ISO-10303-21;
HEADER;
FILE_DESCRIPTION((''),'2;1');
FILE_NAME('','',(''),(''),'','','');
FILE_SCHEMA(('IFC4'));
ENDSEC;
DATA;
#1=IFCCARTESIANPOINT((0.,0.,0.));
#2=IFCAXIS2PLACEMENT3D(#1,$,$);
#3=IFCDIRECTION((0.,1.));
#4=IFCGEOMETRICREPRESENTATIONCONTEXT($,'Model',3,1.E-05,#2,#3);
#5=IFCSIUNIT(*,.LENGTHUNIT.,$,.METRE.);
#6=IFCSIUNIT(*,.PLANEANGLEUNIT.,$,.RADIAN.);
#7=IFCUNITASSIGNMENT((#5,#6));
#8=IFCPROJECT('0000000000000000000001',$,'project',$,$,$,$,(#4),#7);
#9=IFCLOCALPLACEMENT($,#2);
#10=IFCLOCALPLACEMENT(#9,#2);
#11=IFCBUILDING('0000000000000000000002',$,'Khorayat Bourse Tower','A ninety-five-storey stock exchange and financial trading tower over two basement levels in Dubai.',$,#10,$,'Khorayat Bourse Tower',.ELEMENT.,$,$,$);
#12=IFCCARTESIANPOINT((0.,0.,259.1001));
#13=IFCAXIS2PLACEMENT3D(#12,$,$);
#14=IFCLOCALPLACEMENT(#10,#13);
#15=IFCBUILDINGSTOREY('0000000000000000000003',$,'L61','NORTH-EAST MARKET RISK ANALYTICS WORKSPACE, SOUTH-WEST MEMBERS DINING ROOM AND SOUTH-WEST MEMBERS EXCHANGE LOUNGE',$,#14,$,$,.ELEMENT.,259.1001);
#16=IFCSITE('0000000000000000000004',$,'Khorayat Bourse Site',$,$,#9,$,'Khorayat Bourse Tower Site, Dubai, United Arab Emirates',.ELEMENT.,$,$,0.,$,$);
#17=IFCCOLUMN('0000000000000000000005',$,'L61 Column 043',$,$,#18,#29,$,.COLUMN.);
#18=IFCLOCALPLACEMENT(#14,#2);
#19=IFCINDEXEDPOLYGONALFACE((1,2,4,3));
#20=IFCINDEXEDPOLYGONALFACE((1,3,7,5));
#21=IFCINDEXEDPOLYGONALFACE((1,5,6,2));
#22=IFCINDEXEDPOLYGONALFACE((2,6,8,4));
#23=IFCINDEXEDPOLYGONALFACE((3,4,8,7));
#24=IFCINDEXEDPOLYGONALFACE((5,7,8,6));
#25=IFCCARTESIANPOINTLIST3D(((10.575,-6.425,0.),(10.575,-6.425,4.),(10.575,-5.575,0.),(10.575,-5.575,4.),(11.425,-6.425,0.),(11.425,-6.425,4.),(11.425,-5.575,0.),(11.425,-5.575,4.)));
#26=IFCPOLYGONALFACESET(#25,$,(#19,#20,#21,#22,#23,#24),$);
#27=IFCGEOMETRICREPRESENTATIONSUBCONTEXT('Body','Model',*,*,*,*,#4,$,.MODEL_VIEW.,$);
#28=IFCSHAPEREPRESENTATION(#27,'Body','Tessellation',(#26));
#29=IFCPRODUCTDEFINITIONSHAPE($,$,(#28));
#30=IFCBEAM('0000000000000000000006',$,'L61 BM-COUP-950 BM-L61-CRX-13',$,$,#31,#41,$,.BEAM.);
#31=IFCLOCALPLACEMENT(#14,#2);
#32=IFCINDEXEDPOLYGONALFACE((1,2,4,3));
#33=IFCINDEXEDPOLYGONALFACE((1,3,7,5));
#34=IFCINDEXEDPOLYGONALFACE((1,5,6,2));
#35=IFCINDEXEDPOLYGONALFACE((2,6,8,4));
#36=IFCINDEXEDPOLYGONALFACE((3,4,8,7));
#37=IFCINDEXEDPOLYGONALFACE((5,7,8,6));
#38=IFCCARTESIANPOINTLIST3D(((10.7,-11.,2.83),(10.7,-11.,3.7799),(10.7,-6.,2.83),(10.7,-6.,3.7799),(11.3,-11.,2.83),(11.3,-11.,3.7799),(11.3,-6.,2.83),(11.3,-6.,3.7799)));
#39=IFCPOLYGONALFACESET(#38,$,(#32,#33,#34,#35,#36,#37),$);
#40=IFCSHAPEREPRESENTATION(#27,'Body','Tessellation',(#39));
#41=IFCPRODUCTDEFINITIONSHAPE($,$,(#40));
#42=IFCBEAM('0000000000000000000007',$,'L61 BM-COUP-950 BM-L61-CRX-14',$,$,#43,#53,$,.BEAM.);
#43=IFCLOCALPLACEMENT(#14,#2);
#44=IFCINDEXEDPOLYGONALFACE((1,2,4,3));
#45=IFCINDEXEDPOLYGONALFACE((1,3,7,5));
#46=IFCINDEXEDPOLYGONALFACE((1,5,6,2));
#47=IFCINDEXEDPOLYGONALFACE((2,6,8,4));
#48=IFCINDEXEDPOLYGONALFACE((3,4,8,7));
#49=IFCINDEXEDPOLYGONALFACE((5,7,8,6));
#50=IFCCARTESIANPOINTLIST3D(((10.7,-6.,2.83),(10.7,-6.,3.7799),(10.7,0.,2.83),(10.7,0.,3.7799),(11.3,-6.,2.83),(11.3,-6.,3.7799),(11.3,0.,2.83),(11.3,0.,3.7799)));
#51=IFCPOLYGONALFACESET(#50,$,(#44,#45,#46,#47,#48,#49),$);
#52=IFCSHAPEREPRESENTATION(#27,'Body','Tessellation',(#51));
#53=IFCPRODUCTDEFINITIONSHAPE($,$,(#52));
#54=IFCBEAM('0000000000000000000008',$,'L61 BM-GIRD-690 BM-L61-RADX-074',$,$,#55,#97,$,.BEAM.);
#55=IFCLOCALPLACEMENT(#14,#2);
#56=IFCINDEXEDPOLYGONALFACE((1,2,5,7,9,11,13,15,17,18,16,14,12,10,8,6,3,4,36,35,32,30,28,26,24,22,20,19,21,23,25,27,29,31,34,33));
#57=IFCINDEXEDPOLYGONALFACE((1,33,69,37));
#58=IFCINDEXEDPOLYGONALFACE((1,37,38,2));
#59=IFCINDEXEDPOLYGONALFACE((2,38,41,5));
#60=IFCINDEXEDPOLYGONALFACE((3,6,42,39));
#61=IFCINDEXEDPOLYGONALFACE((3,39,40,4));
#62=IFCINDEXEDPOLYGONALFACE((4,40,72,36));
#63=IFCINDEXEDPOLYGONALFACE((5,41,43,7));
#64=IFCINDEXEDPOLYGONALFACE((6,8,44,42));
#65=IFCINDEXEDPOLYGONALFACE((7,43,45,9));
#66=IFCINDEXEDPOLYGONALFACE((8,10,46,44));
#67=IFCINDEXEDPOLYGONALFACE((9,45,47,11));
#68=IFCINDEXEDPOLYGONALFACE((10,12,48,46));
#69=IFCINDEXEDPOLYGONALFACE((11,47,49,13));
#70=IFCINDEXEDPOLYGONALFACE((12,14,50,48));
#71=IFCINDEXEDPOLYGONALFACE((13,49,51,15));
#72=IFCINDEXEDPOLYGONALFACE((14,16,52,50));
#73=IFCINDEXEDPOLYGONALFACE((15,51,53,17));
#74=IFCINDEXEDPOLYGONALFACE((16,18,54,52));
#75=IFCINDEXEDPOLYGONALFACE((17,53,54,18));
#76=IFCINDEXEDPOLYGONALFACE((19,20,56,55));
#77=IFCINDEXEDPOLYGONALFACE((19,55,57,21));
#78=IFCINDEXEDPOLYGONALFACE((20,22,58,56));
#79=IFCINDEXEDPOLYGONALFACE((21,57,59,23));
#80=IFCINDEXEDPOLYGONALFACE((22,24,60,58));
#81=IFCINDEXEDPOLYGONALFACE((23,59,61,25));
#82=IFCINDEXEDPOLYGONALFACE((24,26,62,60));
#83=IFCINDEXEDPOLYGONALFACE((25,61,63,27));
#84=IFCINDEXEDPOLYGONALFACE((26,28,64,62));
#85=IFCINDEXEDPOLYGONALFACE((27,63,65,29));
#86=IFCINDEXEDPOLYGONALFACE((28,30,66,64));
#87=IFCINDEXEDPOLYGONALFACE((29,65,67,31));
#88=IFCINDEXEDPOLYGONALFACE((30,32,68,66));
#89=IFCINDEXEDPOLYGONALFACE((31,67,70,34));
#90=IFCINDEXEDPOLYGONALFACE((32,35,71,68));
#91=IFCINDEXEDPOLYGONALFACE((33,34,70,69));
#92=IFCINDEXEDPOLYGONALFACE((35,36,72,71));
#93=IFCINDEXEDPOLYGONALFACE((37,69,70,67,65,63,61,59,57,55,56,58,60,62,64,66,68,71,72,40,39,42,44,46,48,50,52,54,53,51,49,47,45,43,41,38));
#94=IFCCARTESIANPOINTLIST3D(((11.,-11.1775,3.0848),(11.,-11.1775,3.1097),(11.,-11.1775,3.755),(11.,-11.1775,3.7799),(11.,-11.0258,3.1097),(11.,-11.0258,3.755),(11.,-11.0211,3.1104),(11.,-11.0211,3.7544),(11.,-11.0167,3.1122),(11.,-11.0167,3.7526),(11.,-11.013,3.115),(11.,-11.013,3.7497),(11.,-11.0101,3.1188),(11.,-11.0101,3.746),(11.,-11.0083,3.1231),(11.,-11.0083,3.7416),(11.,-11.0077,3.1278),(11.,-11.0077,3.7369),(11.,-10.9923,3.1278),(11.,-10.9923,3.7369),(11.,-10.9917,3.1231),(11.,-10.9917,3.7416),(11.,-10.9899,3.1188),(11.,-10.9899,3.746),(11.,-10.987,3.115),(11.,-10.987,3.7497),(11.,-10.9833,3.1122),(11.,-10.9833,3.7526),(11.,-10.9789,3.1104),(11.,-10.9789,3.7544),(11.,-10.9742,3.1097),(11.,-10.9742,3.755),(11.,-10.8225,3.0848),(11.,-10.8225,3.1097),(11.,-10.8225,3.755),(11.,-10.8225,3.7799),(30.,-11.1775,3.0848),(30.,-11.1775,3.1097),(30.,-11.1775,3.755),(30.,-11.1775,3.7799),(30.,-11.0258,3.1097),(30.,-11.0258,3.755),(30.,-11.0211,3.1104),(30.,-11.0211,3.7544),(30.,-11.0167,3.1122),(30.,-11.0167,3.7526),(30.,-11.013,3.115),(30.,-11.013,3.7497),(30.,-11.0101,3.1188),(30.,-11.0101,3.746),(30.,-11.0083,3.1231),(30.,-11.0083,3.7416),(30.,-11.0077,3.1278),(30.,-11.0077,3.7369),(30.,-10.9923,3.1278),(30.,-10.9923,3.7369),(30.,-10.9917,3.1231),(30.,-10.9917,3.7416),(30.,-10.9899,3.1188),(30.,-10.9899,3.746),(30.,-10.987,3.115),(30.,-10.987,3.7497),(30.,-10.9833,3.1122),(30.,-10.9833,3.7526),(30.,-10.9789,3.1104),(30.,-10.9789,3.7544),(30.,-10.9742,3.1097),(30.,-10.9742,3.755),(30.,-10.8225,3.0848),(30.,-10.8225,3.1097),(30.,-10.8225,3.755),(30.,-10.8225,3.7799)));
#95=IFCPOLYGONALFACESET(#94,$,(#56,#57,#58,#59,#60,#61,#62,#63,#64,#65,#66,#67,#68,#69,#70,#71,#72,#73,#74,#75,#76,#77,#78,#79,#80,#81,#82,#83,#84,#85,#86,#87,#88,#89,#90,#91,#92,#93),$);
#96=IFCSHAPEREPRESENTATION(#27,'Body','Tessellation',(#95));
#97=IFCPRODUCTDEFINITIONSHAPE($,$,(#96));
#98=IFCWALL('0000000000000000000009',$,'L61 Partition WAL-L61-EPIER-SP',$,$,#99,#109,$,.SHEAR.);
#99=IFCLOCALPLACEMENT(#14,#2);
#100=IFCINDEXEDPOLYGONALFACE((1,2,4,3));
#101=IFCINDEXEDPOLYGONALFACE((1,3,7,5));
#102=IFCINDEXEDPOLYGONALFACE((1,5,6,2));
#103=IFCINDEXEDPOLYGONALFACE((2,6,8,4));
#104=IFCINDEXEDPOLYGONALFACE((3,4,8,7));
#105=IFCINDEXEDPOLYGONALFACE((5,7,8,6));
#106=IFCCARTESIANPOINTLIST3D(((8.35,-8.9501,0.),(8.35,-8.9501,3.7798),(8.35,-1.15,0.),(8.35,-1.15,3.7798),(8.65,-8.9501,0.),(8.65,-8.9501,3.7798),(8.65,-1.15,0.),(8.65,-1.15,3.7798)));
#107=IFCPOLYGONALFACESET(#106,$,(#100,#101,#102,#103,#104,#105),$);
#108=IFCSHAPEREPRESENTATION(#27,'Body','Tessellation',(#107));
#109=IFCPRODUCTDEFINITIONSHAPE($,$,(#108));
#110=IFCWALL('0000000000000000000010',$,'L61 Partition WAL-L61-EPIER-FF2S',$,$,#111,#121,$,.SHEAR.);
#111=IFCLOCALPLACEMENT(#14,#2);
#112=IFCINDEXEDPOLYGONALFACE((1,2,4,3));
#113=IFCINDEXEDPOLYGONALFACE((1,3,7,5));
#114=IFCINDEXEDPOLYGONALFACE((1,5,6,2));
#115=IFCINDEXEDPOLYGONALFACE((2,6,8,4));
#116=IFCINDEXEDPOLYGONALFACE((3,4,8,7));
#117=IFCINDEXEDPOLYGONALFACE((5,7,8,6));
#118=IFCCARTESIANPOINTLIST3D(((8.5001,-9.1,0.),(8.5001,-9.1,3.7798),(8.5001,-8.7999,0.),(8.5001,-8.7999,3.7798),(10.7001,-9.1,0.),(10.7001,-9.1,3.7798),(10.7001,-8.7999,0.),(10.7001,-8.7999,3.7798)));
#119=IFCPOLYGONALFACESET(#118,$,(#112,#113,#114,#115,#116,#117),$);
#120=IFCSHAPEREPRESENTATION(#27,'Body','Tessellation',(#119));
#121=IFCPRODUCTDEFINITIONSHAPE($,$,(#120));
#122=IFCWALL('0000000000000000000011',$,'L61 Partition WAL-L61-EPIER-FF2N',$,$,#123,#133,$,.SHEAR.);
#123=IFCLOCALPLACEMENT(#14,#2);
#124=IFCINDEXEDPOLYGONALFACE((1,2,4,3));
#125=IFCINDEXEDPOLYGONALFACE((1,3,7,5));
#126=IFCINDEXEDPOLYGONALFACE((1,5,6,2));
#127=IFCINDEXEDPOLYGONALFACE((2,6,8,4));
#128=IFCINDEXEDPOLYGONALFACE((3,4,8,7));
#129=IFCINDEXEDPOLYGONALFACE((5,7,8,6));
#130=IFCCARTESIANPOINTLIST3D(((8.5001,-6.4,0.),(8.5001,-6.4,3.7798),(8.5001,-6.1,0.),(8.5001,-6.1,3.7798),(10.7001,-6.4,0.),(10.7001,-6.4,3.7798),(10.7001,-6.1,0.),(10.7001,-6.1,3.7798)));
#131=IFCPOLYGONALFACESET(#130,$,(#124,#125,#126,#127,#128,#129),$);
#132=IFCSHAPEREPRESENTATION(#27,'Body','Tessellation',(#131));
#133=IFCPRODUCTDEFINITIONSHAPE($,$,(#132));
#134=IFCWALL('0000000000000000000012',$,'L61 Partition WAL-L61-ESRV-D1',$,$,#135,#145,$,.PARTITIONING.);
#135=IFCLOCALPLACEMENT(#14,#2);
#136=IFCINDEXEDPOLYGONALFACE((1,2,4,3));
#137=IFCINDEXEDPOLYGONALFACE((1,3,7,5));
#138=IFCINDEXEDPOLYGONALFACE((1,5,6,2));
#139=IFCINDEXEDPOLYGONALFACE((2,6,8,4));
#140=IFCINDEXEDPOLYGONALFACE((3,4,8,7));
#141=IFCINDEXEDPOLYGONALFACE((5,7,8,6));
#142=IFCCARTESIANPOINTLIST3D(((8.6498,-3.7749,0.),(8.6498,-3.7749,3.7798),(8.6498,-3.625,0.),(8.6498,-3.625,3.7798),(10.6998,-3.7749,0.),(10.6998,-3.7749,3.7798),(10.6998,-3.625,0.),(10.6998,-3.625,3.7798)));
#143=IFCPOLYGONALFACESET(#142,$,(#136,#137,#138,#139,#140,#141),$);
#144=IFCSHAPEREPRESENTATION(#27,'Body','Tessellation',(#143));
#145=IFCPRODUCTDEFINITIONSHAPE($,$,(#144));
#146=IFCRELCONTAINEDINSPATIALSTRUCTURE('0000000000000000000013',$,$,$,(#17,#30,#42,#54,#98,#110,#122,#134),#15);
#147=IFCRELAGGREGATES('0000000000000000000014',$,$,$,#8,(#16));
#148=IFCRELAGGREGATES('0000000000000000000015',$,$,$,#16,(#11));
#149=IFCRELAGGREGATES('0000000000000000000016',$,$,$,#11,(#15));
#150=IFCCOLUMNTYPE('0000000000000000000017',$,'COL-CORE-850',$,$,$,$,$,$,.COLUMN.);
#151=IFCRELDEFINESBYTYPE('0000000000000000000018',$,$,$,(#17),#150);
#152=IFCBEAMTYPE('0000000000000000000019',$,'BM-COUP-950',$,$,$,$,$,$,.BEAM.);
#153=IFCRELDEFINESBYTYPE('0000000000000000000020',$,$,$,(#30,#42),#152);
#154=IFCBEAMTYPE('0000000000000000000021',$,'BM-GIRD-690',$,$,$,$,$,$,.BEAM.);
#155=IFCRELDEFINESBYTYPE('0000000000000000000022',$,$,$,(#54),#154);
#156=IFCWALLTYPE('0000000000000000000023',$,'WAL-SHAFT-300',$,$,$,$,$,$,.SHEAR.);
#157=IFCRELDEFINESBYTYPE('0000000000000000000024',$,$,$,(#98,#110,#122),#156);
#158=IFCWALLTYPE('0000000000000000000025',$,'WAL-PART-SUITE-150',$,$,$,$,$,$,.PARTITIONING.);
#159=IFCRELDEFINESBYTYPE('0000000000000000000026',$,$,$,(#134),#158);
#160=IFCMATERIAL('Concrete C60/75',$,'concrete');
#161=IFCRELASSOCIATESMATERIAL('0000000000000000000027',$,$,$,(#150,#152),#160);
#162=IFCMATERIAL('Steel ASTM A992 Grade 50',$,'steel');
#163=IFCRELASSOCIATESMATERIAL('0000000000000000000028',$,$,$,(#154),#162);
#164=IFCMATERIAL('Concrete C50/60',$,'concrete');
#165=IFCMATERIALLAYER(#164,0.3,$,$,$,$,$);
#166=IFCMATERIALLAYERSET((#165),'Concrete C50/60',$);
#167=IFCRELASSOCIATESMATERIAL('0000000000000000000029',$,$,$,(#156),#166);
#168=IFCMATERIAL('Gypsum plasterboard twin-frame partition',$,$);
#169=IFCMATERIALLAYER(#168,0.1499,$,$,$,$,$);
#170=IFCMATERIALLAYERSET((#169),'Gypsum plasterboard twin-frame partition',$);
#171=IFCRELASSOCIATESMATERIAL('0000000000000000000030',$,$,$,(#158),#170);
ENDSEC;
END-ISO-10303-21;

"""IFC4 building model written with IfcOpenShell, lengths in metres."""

from ifc_helpers import new_model, si_unit, direction, frame, frame_2d, origin, origin_2d, place, context, subcontext, project, spatial, rectangle, i_section, extrude, source, transform, mapped, material, layer, layer_set, material_profile, profile_set, type_object, element, save


model = new_model("IFC4")

# Units and contexts
model_context = context("Model", 3, precision=1e-05, world=origin(), true_north=direction((0.0, 1.0)))
body_context = subcontext(model_context, "Body", "Model", "MODEL_VIEW")
ifc_project = project(units=[si_unit("LENGTHUNIT", "METRE"), si_unit("PLANEANGLEUNIT", "RADIAN")], contexts=[model_context])

# Site, building, storey
site_placement = place(None, origin())
site = spatial("IfcSite", under=ifc_project, at=site_placement, Name="Khorayat Bourse Site", LongName="Khorayat Bourse Tower Site, Dubai, United Arab Emirates", CompositionType="ELEMENT", RefElevation=0.0)
building_placement = place(site_placement, origin())
building = spatial("IfcBuilding", under=site, at=building_placement, Name="Khorayat Bourse Tower", Description="A ninety-five-storey stock exchange and financial trading tower over two basement levels in Dubai.", LongName="Khorayat Bourse Tower", CompositionType="ELEMENT")
storey_placement = place(building_placement, frame((0.0, 0.0, 259.1001)))
storey = spatial("IfcBuildingStorey", under=building, at=storey_placement, Name="L61", Description="NORTH-EAST MARKET RISK ANALYTICS WORKSPACE, SOUTH-WEST MEMBERS DINING ROOM AND SOUTH-WEST MEMBERS EXCHANGE LOUNGE", CompositionType="ELEMENT", Elevation=259.1001)

# Column
ifc_material_1 = material(Name="Concrete C60/75", Category="concrete")
ifc_material_profile_1 = material_profile(ifc_material_1, rectangle(XDim=0.8501, YDim=0.8501, at=origin_2d()), Name="RC 850x850")
ifc_profile_set_1 = profile_set([ifc_material_profile_1], Name="Concrete C60/75")
column_type = type_object("IfcColumnType", Name="COL-CORE-850", PredefinedType="COLUMN", material=ifc_profile_set_1)
shared_shape_1 = source(origin(), body_context, "Body", "SweptSolid", [
    extrude(rectangle(XDim=0.8501, YDim=0.8501, at=origin_2d()), origin(), (0.0, 0.0, 1.0), 4.0),
])
column_placement = place(storey_placement, frame((11.0, -6.0, 0.0), z_axis=(0.0, 0.0, 1.0), x_axis=(1.0, 0.0, 0.0)))
element("IfcColumn", 1, at=column_placement, inside=storey, type_object=column_type, Name="L61 Column 043", PredefinedType="COLUMN", context=body_context, shape_type="MappedRepresentation", body=[
    mapped(shared_shape_1, transform((0.0, 0.0, 0.0), scale=1.0)),
])

# Beams
ifc_material_profile_2 = material_profile(ifc_material_1, rectangle(XDim=0.6001, YDim=0.95, at=origin_2d()), Name="RC 600x950")
ifc_profile_set_2 = profile_set([ifc_material_profile_2], Name="Concrete C60/75")
beam_type_1 = type_object("IfcBeamType", Name="BM-COUP-950", PredefinedType="BEAM", material=ifc_profile_set_2)
shared_shape_2 = source(origin(), body_context, "Body", "SweptSolid", [
    extrude(rectangle(XDim=0.6001, YDim=0.95, at=origin_2d()), origin(), (0.0, 0.0, 1.0), 5.0),
])
beam_1_placement = place(storey_placement, frame((11.0, -11.0, 3.3049), z_axis=(0.0, 1.0, 0.0), x_axis=(-1.0, 0.0, 0.0)))
element("IfcBeam", 2, at=beam_1_placement, inside=storey, type_object=beam_type_1, Name="L61 BM-COUP-950 BM-L61-CRX-13", PredefinedType="BEAM", context=body_context, shape_type="MappedRepresentation", body=[
    mapped(shared_shape_2, transform((0.0, 0.0, 0.0), scale=1.0)),
])
shared_shape_3 = source(origin(), body_context, "Body", "SweptSolid", [
    extrude(rectangle(XDim=0.6001, YDim=0.95, at=origin_2d()), origin(), (0.0, 0.0, 1.0), 6.0),
])
beam_2_placement = place(storey_placement, frame((11.0, -6.0, 3.3049), z_axis=(0.0, 1.0, 0.0), x_axis=(-1.0, 0.0, 0.0)))
element("IfcBeam", 3, at=beam_2_placement, inside=storey, type_object=beam_type_1, Name="L61 BM-COUP-950 BM-L61-CRX-14", PredefinedType="BEAM", context=body_context, shape_type="MappedRepresentation", body=[
    mapped(shared_shape_3, transform((0.0, 0.0, 0.0), scale=1.0)),
])
ifc_material_2 = material(Name="Steel ASTM A992 Grade 50", Category="steel")
ifc_material_profile_3 = material_profile(ifc_material_2, i_section(OverallWidth=0.355, OverallDepth=0.6951, WebThickness=0.0154, FlangeThickness=0.0249, FilletRadius=0.0181, at=origin_2d()), Name="W690X217")
ifc_profile_set_3 = profile_set([ifc_material_profile_3], Name="Steel ASTM A992 Grade 50")
beam_type_2 = type_object("IfcBeamType", Name="BM-GIRD-690", PredefinedType="BEAM", material=ifc_profile_set_3)
shared_shape_4 = source(origin(), body_context, "Body", "SweptSolid", [
    extrude(i_section(OverallWidth=0.355, OverallDepth=0.6951, WebThickness=0.0154, FlangeThickness=0.0249, FilletRadius=0.0181, at=origin_2d()), origin(), (0.0, 0.0, 1.0), 19.0),
])
beam_3_placement = place(storey_placement, frame((11.0, -11.0, 3.4324), z_axis=(1.0, 0.0, 0.0), x_axis=(0.0, 1.0, 0.0)))
element("IfcBeam", 4, at=beam_3_placement, inside=storey, type_object=beam_type_2, Name="L61 BM-GIRD-690 BM-L61-RADX-074", PredefinedType="BEAM", context=body_context, shape_type="MappedRepresentation", body=[
    mapped(shared_shape_4, transform((0.0, 0.0, 0.0), scale=1.0)),
])

# Walls
ifc_material_3 = material(Name="Concrete C50/60", Category="concrete")
ifc_layer_1 = layer(ifc_material_3, 0.3)
ifc_layer_set_1 = layer_set([ifc_layer_1], Name="Concrete C50/60")
wall_type_1 = type_object("IfcWallType", Name="WAL-SHAFT-300", PredefinedType="SHEAR", material=ifc_layer_set_1)
shared_shape_5 = source(origin(), body_context, "Body", "SweptSolid", [
    extrude(rectangle(XDim=7.8, YDim=0.3, at=frame_2d((3.8999, 0.0))), origin(), (0.0, 0.0, 1.0), 3.7798),
])
wall_1_placement = place(storey_placement, frame((8.5, -8.95, 0.0), z_axis=(0.0, 0.0, 1.0), x_axis=(0.0, 1.0, 0.0)))
element("IfcWall", 5, at=wall_1_placement, inside=storey, type_object=wall_type_1, Name="L61 Partition WAL-L61-EPIER-SP", PredefinedType="SHEAR", context=body_context, shape_type="MappedRepresentation", body=[
    mapped(shared_shape_5, transform((0.0, 0.0, 0.0), scale=1.0)),
])
shared_shape_6 = source(origin(), body_context, "Body", "SweptSolid", [
    extrude(rectangle(XDim=2.2, YDim=0.3, at=frame_2d((1.1001, 0.0))), origin(), (0.0, 0.0, 1.0), 3.7798),
])
for number, where, z_axis, x_axis, name in (
    (6, (8.5, -8.95, 0.0), (0.0, 0.0, 1.0), (1.0, 0.0, 0.0), "L61 Partition WAL-L61-EPIER-FF2S"),
    (7, (8.5, -6.25, 0.0), (0.0, 0.0, 1.0), (1.0, 0.0, 0.0), "L61 Partition WAL-L61-EPIER-FF2N"),
):
    element("IfcWall", number, at=place(storey_placement, frame(where, z_axis=z_axis, x_axis=x_axis)), inside=storey, type_object=wall_type_1, Name=name, PredefinedType="SHEAR", context=body_context, shape_type="MappedRepresentation", body=[
        mapped(shared_shape_6, transform((0.0, 0.0, 0.0), scale=1.0)),
    ])
ifc_material_4 = material(Name="Gypsum plasterboard twin-frame partition")
ifc_layer_2 = layer(ifc_material_4, 0.1499)
ifc_layer_set_2 = layer_set([ifc_layer_2], Name="Gypsum plasterboard twin-frame partition")
wall_type_2 = type_object("IfcWallType", Name="WAL-PART-SUITE-150", PredefinedType="PARTITIONING", material=ifc_layer_set_2)
shared_shape_7 = source(origin(), body_context, "Body", "SweptSolid", [
    extrude(rectangle(XDim=2.05, YDim=0.1499, at=frame_2d((1.0249, 0.0))), origin(), (0.0, 0.0, 1.0), 3.7798),
])
wall_2_placement = place(storey_placement, frame((8.6499, -3.7, 0.0), z_axis=(0.0, 0.0, 1.0), x_axis=(1.0, 0.0, 0.0)))
element("IfcWall", 8, at=wall_2_placement, inside=storey, type_object=wall_type_2, Name="L61 Partition WAL-L61-ESRV-D1", PredefinedType="PARTITIONING", context=body_context, shape_type="MappedRepresentation", body=[
    mapped(shared_shape_7, transform((0.0, 0.0, 0.0), scale=1.0)),
])

save(model, "model.ifc")
